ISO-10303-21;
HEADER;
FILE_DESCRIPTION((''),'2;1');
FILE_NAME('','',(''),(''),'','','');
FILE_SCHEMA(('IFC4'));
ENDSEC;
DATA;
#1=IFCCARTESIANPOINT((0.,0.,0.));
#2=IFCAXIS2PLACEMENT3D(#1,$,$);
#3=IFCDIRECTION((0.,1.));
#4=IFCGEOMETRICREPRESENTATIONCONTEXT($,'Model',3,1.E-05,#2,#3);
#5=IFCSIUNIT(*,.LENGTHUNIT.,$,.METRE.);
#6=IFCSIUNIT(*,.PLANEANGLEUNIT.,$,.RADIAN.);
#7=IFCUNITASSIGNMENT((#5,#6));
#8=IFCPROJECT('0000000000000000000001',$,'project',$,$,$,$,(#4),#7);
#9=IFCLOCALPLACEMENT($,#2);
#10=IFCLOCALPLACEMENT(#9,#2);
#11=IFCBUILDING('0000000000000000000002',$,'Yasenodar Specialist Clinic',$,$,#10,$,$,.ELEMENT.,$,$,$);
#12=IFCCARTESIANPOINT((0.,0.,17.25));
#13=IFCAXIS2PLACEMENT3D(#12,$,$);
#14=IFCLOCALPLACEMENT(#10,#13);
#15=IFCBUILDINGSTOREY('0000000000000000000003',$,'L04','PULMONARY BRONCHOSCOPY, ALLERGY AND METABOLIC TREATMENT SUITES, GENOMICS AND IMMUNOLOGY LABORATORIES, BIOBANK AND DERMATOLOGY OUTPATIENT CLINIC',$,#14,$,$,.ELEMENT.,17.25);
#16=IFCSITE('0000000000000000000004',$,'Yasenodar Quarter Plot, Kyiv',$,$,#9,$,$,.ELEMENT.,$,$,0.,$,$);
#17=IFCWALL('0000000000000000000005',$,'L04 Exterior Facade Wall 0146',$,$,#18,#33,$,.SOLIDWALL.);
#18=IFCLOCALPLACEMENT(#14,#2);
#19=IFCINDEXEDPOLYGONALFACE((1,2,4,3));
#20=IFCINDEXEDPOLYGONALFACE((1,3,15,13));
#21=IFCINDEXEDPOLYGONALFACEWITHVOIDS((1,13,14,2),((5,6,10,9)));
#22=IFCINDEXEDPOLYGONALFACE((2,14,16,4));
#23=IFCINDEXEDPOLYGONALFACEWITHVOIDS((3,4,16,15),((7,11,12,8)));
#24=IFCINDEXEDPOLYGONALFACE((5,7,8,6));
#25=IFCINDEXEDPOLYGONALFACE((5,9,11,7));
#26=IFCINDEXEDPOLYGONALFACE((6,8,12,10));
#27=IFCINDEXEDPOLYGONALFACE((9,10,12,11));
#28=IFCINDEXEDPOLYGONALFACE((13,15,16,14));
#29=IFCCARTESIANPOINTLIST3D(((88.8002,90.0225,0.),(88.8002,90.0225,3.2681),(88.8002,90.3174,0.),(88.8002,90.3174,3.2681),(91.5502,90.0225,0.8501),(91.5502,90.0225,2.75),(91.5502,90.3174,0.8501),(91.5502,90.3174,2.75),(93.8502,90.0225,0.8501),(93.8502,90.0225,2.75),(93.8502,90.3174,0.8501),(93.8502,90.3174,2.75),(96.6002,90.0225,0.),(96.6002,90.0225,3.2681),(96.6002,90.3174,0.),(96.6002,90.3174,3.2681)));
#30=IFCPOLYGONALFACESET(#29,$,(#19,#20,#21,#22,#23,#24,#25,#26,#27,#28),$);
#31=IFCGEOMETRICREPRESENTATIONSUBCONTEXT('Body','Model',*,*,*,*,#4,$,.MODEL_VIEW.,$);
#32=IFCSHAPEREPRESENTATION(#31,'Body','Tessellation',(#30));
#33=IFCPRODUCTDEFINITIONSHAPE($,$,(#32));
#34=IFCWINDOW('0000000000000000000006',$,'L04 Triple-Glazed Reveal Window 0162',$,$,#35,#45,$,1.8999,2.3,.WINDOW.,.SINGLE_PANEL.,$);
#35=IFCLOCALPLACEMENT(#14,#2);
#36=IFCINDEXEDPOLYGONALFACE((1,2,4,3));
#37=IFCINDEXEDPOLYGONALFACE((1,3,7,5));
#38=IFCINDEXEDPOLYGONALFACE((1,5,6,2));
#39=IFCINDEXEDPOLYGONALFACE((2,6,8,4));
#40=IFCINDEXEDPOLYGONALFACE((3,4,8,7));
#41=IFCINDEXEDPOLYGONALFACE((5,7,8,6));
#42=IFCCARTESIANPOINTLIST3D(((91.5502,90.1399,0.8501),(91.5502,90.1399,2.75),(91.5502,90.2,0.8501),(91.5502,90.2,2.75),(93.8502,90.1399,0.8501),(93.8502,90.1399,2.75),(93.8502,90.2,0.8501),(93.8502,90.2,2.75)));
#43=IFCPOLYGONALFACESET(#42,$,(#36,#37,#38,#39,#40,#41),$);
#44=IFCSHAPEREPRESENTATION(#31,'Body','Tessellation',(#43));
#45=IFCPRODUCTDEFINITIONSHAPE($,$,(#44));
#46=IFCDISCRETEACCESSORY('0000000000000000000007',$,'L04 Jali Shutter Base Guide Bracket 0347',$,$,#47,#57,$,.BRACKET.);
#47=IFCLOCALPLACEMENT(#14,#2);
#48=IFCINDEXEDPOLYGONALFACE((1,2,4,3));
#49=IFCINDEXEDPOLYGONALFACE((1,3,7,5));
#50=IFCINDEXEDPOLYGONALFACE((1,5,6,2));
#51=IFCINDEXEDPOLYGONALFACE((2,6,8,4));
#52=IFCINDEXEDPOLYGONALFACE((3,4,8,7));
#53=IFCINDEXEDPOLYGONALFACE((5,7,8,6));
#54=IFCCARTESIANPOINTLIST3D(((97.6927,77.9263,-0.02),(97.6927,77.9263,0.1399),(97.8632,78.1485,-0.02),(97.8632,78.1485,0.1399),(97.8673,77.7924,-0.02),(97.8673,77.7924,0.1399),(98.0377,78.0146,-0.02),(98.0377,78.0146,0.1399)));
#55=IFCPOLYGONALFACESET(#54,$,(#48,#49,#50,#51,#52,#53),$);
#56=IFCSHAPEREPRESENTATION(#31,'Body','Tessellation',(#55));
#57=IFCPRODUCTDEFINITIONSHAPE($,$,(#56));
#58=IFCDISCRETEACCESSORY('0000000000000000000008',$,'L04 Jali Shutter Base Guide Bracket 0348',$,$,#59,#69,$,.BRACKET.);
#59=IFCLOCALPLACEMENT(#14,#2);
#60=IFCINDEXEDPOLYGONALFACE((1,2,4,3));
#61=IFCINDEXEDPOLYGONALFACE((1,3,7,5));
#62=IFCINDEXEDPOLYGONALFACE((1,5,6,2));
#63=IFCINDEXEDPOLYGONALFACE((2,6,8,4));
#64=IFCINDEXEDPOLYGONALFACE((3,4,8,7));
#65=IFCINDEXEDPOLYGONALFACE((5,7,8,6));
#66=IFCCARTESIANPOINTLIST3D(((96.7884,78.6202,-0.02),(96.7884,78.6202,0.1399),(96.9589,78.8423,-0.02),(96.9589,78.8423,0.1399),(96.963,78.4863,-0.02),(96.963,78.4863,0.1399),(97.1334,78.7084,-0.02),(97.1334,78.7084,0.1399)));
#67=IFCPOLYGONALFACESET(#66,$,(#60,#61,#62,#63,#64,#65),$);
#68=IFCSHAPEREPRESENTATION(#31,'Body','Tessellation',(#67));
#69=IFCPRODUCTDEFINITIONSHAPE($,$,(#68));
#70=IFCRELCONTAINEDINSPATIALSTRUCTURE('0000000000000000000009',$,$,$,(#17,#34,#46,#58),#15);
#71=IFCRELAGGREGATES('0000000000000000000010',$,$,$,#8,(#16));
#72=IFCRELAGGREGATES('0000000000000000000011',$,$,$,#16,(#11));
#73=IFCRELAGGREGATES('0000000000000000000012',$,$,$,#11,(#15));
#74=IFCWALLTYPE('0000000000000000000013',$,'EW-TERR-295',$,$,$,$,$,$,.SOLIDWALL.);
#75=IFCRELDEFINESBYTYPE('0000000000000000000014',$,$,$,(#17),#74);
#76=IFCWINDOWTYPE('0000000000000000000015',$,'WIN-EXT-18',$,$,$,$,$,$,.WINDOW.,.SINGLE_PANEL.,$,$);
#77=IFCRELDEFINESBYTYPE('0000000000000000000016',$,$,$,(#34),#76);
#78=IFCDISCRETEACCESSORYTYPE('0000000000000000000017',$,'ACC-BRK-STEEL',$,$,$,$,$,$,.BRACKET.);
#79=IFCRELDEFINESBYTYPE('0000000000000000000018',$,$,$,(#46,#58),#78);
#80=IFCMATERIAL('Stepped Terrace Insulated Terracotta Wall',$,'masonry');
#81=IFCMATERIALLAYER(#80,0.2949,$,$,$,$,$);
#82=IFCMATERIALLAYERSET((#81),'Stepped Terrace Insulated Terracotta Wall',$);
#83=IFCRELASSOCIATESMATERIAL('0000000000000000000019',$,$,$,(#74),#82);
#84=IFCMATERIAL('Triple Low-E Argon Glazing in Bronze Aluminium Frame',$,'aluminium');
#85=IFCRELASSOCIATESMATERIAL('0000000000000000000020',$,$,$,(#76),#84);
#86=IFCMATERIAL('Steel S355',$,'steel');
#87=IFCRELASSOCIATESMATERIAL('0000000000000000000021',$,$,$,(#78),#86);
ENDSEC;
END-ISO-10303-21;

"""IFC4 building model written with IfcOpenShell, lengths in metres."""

from ifc_helpers import new_model, si_unit, direction, frame, frame_2d, origin, origin_2d, place, context, subcontext, project, spatial, rectangle, extrude, material, layer, layer_set, type_object, element, fill, save


model = new_model("IFC4")

# Units and contexts
model_context = context("Model", 3, precision=1e-05, world=origin(), true_north=direction((0.0, 1.0)))
body_context = subcontext(model_context, "Body", "Model", "MODEL_VIEW")
ifc_project = project(units=[si_unit("LENGTHUNIT", "METRE"), si_unit("PLANEANGLEUNIT", "RADIAN")], contexts=[model_context])

# Site, building, storey
site_placement = place(None, origin())
site = spatial("IfcSite", under=ifc_project, at=site_placement, Name="Yasenodar Quarter Plot, Kyiv", CompositionType="ELEMENT", RefElevation=0.0)
building_placement = place(site_placement, origin())
building = spatial("IfcBuilding", under=site, at=building_placement, Name="Yasenodar Specialist Clinic", CompositionType="ELEMENT")
storey_placement = place(building_placement, frame((0.0, 0.0, 17.25)))
storey = spatial("IfcBuildingStorey", under=building, at=storey_placement, Name="L04", Description="PULMONARY BRONCHOSCOPY, ALLERGY AND METABOLIC TREATMENT SUITES, GENOMICS AND IMMUNOLOGY LABORATORIES, BIOBANK AND DERMATOLOGY OUTPATIENT CLINIC", CompositionType="ELEMENT", Elevation=17.25)

# Shared definitions
ifc_material_1 = material(Name="Steel S355", Category="steel")

# Wall, opening, window
ifc_material_2 = material(Name="Stepped Terrace Insulated Terracotta Wall", Category="masonry")
ifc_layer_1 = layer(ifc_material_2, 0.2949)
ifc_layer_set_1 = layer_set([ifc_layer_1], Name="Stepped Terrace Insulated Terracotta Wall")
wall_type = type_object("IfcWallType", Name="EW-TERR-295", PredefinedType="SOLIDWALL", material=ifc_layer_set_1)
wall_placement = place(storey_placement, frame((96.6001, 90.1699, 0.0), z_axis=(0.0, 0.0, 1.0), x_axis=(-1.0, 0.0, 0.0)))
wall = element("IfcWall", 1, at=wall_placement, inside=storey, type_object=wall_type, Name="L04 Exterior Facade Wall 0146", PredefinedType="SOLIDWALL", context=body_context, shape_type="SweptSolid", body=[
    extrude(rectangle(XDim=7.8, YDim=0.2949, at=frame_2d((3.8999, 0.0))), origin(), (0.0, 0.0, 1.0), 3.2681),
])
opening_placement = place(wall_placement, frame((2.75, 0.0, 0.8501)))
opening = element("IfcOpeningElement", 2, at=opening_placement, cuts=wall, PredefinedType="OPENING", context=body_context, shape_type="SweptSolid", body=[
    extrude(rectangle(XDim=2.3, YDim=1.8999, at=frame_2d((1.1499, 0.95))), frame((0.0, 0.1575, 0.0), z_axis=(0.0, -1.0, 0.0), x_axis=(1.0, 0.0, 0.0)), (0.0, 0.0, 1.0), 0.3149),
])
ifc_material_3 = material(Name="Triple Low-E Argon Glazing in Bronze Aluminium Frame", Category="aluminium")
window_type = type_object("IfcWindowType", Name="WIN-EXT-18", PartitioningType="SINGLE_PANEL", PredefinedType="WINDOW", material=ifc_material_3)
window_placement = place(opening_placement, origin())
window = element("IfcWindow", 3, at=window_placement, inside=storey, type_object=window_type, Name="L04 Triple-Glazed Reveal Window 0162", OverallHeight=1.8999, OverallWidth=2.3, PartitioningType="SINGLE_PANEL", PredefinedType="WINDOW", context=body_context, shape_type="SweptSolid", body=[
    extrude(rectangle(XDim=2.3, YDim=1.8999, at=frame_2d((1.1499, 0.95))), frame((0.0, 0.03, 0.0), z_axis=(0.0, -1.0, 0.0), x_axis=(1.0, 0.0, 0.0)), (0.0, 0.0, 1.0), 0.0601),
])
fill(opening, window)

# Discrete accessories
discrete_accessory_type = type_object("IfcDiscreteAccessoryType", Name="ACC-BRK-STEEL", PredefinedType="BRACKET", material=ifc_material_1)
for number, where, z_axis, x_axis, name in (
    (4, (97.8652, 77.9705, -0.02), (0.0, 0.0, 1.0), (-0.793351, 0.608764, 0.0), "L04 Jali Shutter Base Guide Bracket 0347"),
    (5, (96.9609, 78.6643, -0.02), (0.0, 0.0, 1.0), (-0.793351, 0.608764, 0.0), "L04 Jali Shutter Base Guide Bracket 0348"),
):
    element("IfcDiscreteAccessory", number, at=place(storey_placement, frame(where, z_axis=z_axis, x_axis=x_axis)), inside=storey, type_object=discrete_accessory_type, Name=name, PredefinedType="BRACKET", context=body_context, shape_type="SweptSolid", body=[
        extrude(rectangle(XDim=0.22, YDim=0.28, at=origin_2d()), origin(), (0.0, 0.0, 1.0), 0.1599),
    ])

save(model, "model.ifc")
